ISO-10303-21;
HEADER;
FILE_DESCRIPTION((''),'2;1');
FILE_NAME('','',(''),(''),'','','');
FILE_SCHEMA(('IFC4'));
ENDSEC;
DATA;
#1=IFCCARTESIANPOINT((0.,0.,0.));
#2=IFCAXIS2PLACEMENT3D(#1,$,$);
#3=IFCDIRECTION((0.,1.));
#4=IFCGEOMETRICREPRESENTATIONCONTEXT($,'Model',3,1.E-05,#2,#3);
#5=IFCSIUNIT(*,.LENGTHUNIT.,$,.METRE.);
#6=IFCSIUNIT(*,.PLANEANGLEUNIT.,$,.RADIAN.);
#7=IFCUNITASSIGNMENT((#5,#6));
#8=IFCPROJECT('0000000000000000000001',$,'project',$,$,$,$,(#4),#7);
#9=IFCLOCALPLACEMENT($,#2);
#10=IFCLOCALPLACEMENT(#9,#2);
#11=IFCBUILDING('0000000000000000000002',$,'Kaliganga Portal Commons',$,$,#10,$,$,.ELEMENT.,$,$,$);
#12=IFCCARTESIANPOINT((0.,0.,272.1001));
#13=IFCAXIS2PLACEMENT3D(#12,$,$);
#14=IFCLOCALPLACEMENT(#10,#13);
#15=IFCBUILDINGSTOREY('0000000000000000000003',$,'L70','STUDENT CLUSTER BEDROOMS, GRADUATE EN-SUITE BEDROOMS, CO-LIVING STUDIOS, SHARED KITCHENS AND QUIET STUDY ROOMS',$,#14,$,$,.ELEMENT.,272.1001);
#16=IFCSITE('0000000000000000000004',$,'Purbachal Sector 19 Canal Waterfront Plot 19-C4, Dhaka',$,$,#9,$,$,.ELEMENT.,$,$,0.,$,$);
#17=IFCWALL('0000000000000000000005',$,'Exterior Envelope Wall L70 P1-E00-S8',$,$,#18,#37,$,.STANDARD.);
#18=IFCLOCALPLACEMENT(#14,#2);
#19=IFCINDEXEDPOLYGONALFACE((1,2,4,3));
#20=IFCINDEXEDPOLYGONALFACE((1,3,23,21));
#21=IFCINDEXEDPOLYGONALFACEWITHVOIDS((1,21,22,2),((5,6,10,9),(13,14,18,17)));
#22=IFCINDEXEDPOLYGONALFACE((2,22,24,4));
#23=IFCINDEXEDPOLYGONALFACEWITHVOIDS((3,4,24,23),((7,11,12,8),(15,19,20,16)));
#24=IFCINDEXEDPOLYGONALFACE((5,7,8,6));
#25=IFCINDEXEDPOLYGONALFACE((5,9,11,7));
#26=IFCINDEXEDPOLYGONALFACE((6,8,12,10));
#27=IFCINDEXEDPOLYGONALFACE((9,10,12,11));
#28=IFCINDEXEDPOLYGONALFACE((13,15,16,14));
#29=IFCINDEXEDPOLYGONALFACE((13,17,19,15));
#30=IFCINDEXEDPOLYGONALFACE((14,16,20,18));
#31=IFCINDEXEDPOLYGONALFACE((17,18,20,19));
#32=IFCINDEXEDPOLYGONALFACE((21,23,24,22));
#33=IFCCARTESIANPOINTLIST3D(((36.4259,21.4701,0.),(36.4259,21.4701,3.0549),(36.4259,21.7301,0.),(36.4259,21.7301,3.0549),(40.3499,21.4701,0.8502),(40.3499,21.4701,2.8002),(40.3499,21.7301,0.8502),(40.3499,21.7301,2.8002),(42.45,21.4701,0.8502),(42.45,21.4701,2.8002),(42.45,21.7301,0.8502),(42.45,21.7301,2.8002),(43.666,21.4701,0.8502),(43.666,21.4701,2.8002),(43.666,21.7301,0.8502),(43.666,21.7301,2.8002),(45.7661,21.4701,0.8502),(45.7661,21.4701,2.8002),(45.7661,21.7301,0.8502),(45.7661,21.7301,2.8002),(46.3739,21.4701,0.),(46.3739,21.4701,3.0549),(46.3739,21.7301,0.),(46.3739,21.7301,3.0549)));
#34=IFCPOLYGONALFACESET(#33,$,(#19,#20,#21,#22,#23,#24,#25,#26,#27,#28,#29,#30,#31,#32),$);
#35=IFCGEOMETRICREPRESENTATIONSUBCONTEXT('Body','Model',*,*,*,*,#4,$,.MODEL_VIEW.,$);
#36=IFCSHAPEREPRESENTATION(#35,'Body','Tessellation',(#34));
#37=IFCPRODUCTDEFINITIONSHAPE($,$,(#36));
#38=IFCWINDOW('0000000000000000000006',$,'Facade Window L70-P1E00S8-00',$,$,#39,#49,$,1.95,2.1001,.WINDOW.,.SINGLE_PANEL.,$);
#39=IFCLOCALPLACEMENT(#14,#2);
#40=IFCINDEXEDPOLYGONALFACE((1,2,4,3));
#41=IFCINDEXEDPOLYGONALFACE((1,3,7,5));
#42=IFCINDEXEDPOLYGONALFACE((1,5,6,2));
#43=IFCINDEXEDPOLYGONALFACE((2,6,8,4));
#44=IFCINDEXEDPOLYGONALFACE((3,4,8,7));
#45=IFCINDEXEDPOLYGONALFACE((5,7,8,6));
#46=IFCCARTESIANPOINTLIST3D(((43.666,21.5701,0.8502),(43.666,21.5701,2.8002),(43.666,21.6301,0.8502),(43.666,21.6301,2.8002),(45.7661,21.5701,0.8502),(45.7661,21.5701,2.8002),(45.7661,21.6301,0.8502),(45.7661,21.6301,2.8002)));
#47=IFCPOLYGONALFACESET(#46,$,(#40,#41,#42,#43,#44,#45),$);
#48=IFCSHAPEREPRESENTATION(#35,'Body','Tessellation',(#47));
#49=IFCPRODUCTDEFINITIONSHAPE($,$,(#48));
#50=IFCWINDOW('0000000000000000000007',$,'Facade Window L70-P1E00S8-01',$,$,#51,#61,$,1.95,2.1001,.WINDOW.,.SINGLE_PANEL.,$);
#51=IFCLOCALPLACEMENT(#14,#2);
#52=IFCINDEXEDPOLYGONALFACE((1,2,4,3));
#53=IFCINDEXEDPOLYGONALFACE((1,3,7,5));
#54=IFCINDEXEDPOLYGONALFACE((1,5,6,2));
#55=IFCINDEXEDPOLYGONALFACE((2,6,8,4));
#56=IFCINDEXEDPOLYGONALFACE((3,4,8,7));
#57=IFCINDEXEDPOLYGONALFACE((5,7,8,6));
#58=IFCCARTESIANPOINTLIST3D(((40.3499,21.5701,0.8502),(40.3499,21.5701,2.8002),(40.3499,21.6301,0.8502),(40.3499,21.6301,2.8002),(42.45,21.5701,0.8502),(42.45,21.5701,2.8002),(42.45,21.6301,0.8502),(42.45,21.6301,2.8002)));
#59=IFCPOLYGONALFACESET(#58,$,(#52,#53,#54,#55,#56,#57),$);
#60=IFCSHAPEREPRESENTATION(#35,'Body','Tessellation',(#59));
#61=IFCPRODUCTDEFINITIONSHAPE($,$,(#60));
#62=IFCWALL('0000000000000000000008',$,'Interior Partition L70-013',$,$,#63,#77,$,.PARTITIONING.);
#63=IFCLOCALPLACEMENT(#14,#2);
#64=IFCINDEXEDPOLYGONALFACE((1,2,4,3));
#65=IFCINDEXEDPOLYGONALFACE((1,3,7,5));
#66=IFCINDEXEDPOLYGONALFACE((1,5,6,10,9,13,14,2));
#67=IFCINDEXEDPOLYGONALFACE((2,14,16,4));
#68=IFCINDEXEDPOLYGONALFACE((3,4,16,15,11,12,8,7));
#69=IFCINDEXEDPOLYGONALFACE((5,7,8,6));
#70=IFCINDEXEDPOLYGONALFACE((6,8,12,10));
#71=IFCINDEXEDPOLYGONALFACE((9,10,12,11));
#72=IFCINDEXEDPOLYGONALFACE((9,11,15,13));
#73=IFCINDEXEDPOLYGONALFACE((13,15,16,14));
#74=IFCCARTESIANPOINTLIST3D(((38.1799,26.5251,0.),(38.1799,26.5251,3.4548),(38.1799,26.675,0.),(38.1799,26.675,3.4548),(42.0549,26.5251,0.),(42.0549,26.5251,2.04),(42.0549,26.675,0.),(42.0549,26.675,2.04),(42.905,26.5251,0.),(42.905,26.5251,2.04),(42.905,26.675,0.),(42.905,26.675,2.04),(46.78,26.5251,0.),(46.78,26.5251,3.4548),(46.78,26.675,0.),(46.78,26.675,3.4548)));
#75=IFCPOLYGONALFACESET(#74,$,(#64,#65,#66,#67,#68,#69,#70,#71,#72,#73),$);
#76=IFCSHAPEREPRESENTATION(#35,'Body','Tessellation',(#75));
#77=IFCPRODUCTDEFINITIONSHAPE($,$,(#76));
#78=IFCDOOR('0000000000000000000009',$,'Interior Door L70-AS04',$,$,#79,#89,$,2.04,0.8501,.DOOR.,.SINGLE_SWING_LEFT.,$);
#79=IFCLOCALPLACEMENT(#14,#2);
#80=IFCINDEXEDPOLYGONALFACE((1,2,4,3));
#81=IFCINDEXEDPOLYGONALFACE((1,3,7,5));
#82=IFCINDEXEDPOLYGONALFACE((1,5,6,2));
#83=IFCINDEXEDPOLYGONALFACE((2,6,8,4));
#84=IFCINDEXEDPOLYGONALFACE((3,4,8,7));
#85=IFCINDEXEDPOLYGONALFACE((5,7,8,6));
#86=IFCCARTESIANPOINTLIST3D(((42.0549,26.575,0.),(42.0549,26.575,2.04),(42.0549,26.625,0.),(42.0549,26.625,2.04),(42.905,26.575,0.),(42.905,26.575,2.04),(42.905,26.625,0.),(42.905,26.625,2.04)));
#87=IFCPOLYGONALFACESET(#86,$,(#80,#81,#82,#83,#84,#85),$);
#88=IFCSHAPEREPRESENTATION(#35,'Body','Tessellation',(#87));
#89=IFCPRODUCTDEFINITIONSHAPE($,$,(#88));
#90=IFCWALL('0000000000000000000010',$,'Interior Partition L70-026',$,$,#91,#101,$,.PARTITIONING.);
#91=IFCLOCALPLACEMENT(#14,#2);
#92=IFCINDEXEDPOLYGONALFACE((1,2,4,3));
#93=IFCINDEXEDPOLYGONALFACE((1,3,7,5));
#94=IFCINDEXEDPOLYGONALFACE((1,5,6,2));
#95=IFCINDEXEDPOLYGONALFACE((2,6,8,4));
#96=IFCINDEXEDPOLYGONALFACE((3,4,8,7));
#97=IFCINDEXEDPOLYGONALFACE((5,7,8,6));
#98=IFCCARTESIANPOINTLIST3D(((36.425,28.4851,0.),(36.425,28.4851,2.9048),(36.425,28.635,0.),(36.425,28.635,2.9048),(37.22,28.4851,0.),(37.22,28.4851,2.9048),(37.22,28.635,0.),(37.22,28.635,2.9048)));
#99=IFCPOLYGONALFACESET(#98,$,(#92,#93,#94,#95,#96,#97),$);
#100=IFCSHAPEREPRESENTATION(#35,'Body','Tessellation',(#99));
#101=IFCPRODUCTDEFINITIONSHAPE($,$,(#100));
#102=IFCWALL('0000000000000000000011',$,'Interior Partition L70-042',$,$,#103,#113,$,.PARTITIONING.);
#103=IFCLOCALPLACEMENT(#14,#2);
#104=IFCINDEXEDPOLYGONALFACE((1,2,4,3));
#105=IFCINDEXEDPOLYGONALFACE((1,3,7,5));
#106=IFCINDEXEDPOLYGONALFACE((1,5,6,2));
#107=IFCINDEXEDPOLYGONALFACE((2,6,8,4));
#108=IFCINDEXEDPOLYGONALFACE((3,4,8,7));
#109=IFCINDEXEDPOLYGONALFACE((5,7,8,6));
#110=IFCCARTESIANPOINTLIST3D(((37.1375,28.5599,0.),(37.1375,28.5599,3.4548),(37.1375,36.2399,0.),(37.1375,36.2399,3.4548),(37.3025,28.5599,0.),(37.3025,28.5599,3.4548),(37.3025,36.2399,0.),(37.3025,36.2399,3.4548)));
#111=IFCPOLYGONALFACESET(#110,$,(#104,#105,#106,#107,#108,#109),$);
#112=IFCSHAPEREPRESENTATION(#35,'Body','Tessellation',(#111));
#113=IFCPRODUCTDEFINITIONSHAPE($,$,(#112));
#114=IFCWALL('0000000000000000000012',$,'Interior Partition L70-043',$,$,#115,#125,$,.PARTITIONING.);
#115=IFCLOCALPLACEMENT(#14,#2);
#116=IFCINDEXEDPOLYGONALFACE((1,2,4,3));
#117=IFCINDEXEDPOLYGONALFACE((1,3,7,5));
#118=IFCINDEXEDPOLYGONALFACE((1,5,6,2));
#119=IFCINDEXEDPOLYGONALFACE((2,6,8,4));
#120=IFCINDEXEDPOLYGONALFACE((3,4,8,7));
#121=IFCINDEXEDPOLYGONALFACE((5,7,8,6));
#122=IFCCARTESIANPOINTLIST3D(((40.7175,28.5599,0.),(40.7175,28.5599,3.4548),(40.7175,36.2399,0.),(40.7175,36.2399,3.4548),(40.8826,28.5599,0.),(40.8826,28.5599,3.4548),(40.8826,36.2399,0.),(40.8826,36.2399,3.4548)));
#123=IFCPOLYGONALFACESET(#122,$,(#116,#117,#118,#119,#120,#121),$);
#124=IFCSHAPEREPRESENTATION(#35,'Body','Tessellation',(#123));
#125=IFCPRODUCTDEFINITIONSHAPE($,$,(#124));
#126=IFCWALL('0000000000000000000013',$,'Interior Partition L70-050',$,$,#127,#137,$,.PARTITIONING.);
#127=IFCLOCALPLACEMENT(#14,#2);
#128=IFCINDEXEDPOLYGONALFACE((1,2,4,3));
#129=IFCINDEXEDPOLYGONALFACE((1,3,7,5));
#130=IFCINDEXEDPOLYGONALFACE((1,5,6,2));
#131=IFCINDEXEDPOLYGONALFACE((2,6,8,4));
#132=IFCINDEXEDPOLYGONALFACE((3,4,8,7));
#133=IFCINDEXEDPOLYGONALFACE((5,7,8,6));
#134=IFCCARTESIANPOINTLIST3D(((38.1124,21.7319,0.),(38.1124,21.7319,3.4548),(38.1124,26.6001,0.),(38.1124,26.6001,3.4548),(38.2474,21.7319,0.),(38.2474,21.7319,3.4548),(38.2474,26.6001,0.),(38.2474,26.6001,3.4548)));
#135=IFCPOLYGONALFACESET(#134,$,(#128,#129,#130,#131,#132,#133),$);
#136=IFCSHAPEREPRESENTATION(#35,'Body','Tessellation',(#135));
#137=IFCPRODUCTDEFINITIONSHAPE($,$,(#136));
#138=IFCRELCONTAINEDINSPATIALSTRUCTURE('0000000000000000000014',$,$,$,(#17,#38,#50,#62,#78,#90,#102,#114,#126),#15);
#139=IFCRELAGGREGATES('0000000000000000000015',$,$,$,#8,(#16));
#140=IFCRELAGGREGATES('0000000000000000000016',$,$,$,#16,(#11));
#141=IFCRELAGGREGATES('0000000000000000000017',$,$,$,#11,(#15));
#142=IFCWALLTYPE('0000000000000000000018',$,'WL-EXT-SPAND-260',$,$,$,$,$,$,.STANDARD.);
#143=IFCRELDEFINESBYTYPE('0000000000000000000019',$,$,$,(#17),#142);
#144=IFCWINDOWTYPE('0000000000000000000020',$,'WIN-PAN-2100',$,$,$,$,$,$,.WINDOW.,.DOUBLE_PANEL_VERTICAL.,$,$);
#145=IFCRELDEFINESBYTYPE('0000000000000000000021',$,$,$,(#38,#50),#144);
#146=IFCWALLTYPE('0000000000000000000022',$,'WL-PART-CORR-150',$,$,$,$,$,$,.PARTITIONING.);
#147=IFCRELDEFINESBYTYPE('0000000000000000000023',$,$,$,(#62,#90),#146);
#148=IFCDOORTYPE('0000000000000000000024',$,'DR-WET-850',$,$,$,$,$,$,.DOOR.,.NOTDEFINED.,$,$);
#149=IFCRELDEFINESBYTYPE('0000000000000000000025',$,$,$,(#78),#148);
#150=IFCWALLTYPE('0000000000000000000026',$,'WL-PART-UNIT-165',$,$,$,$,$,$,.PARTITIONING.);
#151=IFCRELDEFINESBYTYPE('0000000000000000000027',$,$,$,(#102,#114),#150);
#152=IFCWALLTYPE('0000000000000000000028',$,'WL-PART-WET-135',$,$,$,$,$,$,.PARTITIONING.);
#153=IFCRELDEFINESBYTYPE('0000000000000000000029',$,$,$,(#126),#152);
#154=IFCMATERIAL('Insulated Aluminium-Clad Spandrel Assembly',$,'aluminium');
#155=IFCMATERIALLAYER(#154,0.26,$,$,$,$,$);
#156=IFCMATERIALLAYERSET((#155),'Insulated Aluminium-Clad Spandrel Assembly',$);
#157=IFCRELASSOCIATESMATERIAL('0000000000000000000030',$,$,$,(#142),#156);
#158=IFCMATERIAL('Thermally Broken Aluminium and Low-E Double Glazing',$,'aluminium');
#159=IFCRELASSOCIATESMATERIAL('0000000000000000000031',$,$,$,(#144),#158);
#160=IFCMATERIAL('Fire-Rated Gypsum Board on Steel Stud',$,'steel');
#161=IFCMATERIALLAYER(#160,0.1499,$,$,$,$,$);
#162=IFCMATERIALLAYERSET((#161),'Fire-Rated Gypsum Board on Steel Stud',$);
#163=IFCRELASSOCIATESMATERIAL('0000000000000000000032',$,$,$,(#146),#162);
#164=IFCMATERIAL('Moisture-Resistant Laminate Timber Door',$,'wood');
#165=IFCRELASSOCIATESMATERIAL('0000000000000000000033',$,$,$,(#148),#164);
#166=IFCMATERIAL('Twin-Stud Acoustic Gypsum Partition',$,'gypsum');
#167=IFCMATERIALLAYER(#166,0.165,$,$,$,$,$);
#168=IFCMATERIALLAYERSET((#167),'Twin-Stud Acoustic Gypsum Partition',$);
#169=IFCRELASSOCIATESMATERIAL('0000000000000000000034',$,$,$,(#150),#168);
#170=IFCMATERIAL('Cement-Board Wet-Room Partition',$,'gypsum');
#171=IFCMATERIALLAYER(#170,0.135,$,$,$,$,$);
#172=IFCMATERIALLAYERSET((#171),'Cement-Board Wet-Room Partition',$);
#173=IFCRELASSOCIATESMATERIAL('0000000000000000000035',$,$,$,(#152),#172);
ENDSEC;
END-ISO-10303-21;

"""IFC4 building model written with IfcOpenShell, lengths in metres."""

from ifc_helpers import new_model, si_unit, direction, frame, frame_2d, origin, place, context, subcontext, project, spatial, rectangle, extrude, material, layer, layer_set, type_object, element, fill, save


model = new_model("IFC4")

# Units and contexts
model_context = context("Model", 3, precision=1e-05, world=origin(), true_north=direction((0.0, 1.0)))
body_context = subcontext(model_context, "Body", "Model", "MODEL_VIEW")
ifc_project = project(units=[si_unit("LENGTHUNIT", "METRE"), si_unit("PLANEANGLEUNIT", "RADIAN")], contexts=[model_context])

# Site, building, storey
site_placement = place(None, origin())
site = spatial("IfcSite", under=ifc_project, at=site_placement, Name="Purbachal Sector 19 Canal Waterfront Plot 19-C4, Dhaka", CompositionType="ELEMENT", RefElevation=0.0)
building_placement = place(site_placement, origin())
building = spatial("IfcBuilding", under=site, at=building_placement, Name="Kaliganga Portal Commons", CompositionType="ELEMENT")
storey_placement = place(building_placement, frame((0.0, 0.0, 272.1001)))
storey = spatial("IfcBuildingStorey", under=building, at=storey_placement, Name="L70", Description="STUDENT CLUSTER BEDROOMS, GRADUATE EN-SUITE BEDROOMS, CO-LIVING STUDIOS, SHARED KITCHENS AND QUIET STUDY ROOMS", CompositionType="ELEMENT", Elevation=272.1001)

# Wall, openings, windows
ifc_material_1 = material(Name="Insulated Aluminium-Clad Spandrel Assembly", Category="aluminium")
ifc_layer_1 = layer(ifc_material_1, 0.26)
ifc_layer_set_1 = layer_set([ifc_layer_1], Name="Insulated Aluminium-Clad Spandrel Assembly")
wall_type_1 = type_object("IfcWallType", Name="WL-EXT-SPAND-260", PredefinedType="STANDARD", material=ifc_layer_set_1)
wall_1_placement = place(storey_placement, frame((46.374, 21.6001, 0.0), z_axis=(0.0, 0.0, 1.0), x_axis=(-1.0, 0.0, 0.0)))
wall_1 = element("IfcWall", 1, at=wall_1_placement, inside=storey, type_object=wall_type_1, Name="Exterior Envelope Wall L70 P1-E00-S8", PredefinedType="STANDARD", context=body_context, shape_type="SweptSolid", body=[
    extrude(rectangle(XDim=9.948, YDim=0.26, at=frame_2d((4.9741, 0.0))), origin(), (0.0, 0.0, 1.0), 3.0549),
])
opening_1_placement = place(wall_1_placement, frame((0.6079, 0.0, 0.8501)))
opening_1 = element("IfcOpeningElement", 2, at=opening_1_placement, cuts=wall_1, PredefinedType="OPENING", context=body_context, shape_type="SweptSolid", body=[
    extrude(rectangle(XDim=2.1001, YDim=1.95, at=frame_2d((1.05, 0.9751))), frame((0.0, 0.1401, 0.0), z_axis=(0.0, -1.0, 0.0), x_axis=(1.0, 0.0, 0.0)), (0.0, 0.0, 1.0), 0.28),
])
opening_2_placement = place(wall_1_placement, frame((3.9241, 0.0, 0.8501)))
opening_2 = element("IfcOpeningElement", 3, at=opening_2_placement, cuts=wall_1, PredefinedType="OPENING", context=body_context, shape_type="SweptSolid", body=[
    extrude(rectangle(XDim=2.1001, YDim=1.95, at=frame_2d((1.05, 0.9751))), frame((0.0, 0.1401, 0.0), z_axis=(0.0, -1.0, 0.0), x_axis=(1.0, 0.0, 0.0)), (0.0, 0.0, 1.0), 0.28),
])
ifc_material_2 = material(Name="Thermally Broken Aluminium and Low-E Double Glazing", Category="aluminium")
window_type = type_object("IfcWindowType", Name="WIN-PAN-2100", PartitioningType="DOUBLE_PANEL_VERTICAL", PredefinedType="WINDOW", material=ifc_material_2)
window_1_placement = place(opening_1_placement, origin())
window_1 = element("IfcWindow", 4, at=window_1_placement, inside=storey, type_object=window_type, Name="Facade Window L70-P1E00S8-00", OverallHeight=1.95, OverallWidth=2.1001, PartitioningType="SINGLE_PANEL", PredefinedType="WINDOW", context=body_context, shape_type="SweptSolid", body=[
    extrude(rectangle(XDim=2.1001, YDim=1.95, at=frame_2d((1.05, 0.9751))), frame((0.0, 0.03, 0.0), z_axis=(0.0, -1.0, 0.0), x_axis=(1.0, 0.0, 0.0)), (0.0, 0.0, 1.0), 0.0601),
])
fill(opening_1, window_1)
window_2_placement = place(opening_2_placement, origin())
window_2 = element("IfcWindow", 5, at=window_2_placement, inside=storey, type_object=window_type, Name="Facade Window L70-P1E00S8-01", OverallHeight=1.95, OverallWidth=2.1001, PartitioningType="SINGLE_PANEL", PredefinedType="WINDOW", context=body_context, shape_type="SweptSolid", body=[
    extrude(rectangle(XDim=2.1001, YDim=1.95, at=frame_2d((1.05, 0.9751))), frame((0.0, 0.03, 0.0), z_axis=(0.0, -1.0, 0.0), x_axis=(1.0, 0.0, 0.0)), (0.0, 0.0, 1.0), 0.0601),
])
fill(opening_2, window_2)

# Wall, opening, door
ifc_material_3 = material(Name="Fire-Rated Gypsum Board on Steel Stud", Category="steel")
ifc_layer_2 = layer(ifc_material_3, 0.1499)
ifc_layer_set_2 = layer_set([ifc_layer_2], Name="Fire-Rated Gypsum Board on Steel Stud")
wall_type_2 = type_object("IfcWallType", Name="WL-PART-CORR-150", PredefinedType="PARTITIONING", material=ifc_layer_set_2)
wall_2_placement = place(storey_placement, frame((38.1799, 26.6001, 0.0), z_axis=(0.0, 0.0, 1.0), x_axis=(1.0, 0.0, 0.0)))
wall_2 = element("IfcWall", 6, at=wall_2_placement, inside=storey, type_object=wall_type_2, Name="Interior Partition L70-013", PredefinedType="PARTITIONING", context=body_context, shape_type="SweptSolid", body=[
    extrude(rectangle(XDim=8.6001, YDim=0.1499, at=frame_2d((4.3, 0.0))), origin(), (0.0, 0.0, 1.0), 3.4548),
])
opening_3_placement = place(wall_2_placement, frame((3.875, 0.0, 0.0)))
opening_3 = element("IfcOpeningElement", 7, at=opening_3_placement, cuts=wall_2, PredefinedType="OPENING", context=body_context, shape_type="SweptSolid", body=[
    extrude(rectangle(XDim=0.8501, YDim=2.04, at=frame_2d((0.425, 1.02))), frame((0.0, 0.085, 0.0), z_axis=(0.0, -1.0, 0.0), x_axis=(1.0, 0.0, 0.0)), (0.0, 0.0, 1.0), 0.1699),
])
ifc_material_4 = material(Name="Moisture-Resistant Laminate Timber Door", Category="wood")
door_type_1 = type_object("IfcDoorType", Name="DR-WET-850", OperationType="NOTDEFINED", PredefinedType="DOOR", material=ifc_material_4)
door_1_placement = place(opening_3_placement, origin())
door_1 = element("IfcDoor", 8, at=door_1_placement, inside=storey, type_object=door_type_1, Name="Interior Door L70-AS04", OperationType="SINGLE_SWING_LEFT", OverallHeight=2.04, OverallWidth=0.8501, PredefinedType="DOOR", context=body_context, shape_type="SweptSolid", body=[
    extrude(rectangle(XDim=0.8501, YDim=2.04, at=frame_2d((0.425, 1.02))), frame((0.0, 0.0249, 0.0), z_axis=(0.0, -1.0, 0.0), x_axis=(1.0, 0.0, 0.0)), (0.0, 0.0, 1.0), 0.05),
])
fill(opening_3, door_1)

# Wall
wall_3_placement = place(storey_placement, frame((36.425, 28.5601, 0.0), z_axis=(0.0, 0.0, 1.0), x_axis=(1.0, 0.0, 0.0)))
element("IfcWall", 9, at=wall_3_placement, inside=storey, type_object=wall_type_2, Name="Interior Partition L70-026", PredefinedType="PARTITIONING", context=body_context, shape_type="SweptSolid", body=[
    extrude(rectangle(XDim=0.7949, YDim=0.1499, at=frame_2d((0.3975, 0.0))), origin(), (0.0, 0.0, 1.0), 2.9048),
])

# Walls
ifc_material_5 = material(Name="Twin-Stud Acoustic Gypsum Partition", Category="gypsum")
ifc_layer_3 = layer(ifc_material_5, 0.165)
ifc_layer_set_3 = layer_set([ifc_layer_3], Name="Twin-Stud Acoustic Gypsum Partition")
wall_type_3 = type_object("IfcWallType", Name="WL-PART-UNIT-165", PredefinedType="PARTITIONING", material=ifc_layer_set_3)
for number, where, z_axis, x_axis, name in (
    (10, (37.22, 28.5601, 0.0), (0.0, 0.0, 1.0), (0.0, 1.0, 0.0), "Interior Partition L70-042"),
    (11, (40.8, 28.5601, 0.0), (0.0, 0.0, 1.0), (0.0, 1.0, 0.0), "Interior Partition L70-043"),
):
    element("IfcWall", number, at=place(storey_placement, frame(where, z_axis=z_axis, x_axis=x_axis)), inside=storey, type_object=wall_type_3, Name=name, PredefinedType="PARTITIONING", context=body_context, shape_type="SweptSolid", body=[
        extrude(rectangle(XDim=7.6799, YDim=0.165, at=frame_2d((3.8398, 0.0))), origin(), (0.0, 0.0, 1.0), 3.4548),
    ])
ifc_material_6 = material(Name="Cement-Board Wet-Room Partition", Category="gypsum")
ifc_layer_4 = layer(ifc_material_6, 0.135)
ifc_layer_set_4 = layer_set([ifc_layer_4], Name="Cement-Board Wet-Room Partition")
wall_type_4 = type_object("IfcWallType", Name="WL-PART-WET-135", PredefinedType="PARTITIONING", material=ifc_layer_set_4)
wall_4_placement = place(storey_placement, frame((38.1799, 21.7319, 0.0), z_axis=(0.0, 0.0, 1.0), x_axis=(0.0, 1.0, 0.0)))
element("IfcWall", 12, at=wall_4_placement, inside=storey, type_object=wall_type_4, Name="Interior Partition L70-050", PredefinedType="PARTITIONING", context=body_context, shape_type="SweptSolid", body=[
    extrude(rectangle(XDim=4.8682, YDim=0.135, at=frame_2d((2.4341, 0.0))), origin(), (0.0, 0.0, 1.0), 3.4548),
])

save(model, "model.ifc")
